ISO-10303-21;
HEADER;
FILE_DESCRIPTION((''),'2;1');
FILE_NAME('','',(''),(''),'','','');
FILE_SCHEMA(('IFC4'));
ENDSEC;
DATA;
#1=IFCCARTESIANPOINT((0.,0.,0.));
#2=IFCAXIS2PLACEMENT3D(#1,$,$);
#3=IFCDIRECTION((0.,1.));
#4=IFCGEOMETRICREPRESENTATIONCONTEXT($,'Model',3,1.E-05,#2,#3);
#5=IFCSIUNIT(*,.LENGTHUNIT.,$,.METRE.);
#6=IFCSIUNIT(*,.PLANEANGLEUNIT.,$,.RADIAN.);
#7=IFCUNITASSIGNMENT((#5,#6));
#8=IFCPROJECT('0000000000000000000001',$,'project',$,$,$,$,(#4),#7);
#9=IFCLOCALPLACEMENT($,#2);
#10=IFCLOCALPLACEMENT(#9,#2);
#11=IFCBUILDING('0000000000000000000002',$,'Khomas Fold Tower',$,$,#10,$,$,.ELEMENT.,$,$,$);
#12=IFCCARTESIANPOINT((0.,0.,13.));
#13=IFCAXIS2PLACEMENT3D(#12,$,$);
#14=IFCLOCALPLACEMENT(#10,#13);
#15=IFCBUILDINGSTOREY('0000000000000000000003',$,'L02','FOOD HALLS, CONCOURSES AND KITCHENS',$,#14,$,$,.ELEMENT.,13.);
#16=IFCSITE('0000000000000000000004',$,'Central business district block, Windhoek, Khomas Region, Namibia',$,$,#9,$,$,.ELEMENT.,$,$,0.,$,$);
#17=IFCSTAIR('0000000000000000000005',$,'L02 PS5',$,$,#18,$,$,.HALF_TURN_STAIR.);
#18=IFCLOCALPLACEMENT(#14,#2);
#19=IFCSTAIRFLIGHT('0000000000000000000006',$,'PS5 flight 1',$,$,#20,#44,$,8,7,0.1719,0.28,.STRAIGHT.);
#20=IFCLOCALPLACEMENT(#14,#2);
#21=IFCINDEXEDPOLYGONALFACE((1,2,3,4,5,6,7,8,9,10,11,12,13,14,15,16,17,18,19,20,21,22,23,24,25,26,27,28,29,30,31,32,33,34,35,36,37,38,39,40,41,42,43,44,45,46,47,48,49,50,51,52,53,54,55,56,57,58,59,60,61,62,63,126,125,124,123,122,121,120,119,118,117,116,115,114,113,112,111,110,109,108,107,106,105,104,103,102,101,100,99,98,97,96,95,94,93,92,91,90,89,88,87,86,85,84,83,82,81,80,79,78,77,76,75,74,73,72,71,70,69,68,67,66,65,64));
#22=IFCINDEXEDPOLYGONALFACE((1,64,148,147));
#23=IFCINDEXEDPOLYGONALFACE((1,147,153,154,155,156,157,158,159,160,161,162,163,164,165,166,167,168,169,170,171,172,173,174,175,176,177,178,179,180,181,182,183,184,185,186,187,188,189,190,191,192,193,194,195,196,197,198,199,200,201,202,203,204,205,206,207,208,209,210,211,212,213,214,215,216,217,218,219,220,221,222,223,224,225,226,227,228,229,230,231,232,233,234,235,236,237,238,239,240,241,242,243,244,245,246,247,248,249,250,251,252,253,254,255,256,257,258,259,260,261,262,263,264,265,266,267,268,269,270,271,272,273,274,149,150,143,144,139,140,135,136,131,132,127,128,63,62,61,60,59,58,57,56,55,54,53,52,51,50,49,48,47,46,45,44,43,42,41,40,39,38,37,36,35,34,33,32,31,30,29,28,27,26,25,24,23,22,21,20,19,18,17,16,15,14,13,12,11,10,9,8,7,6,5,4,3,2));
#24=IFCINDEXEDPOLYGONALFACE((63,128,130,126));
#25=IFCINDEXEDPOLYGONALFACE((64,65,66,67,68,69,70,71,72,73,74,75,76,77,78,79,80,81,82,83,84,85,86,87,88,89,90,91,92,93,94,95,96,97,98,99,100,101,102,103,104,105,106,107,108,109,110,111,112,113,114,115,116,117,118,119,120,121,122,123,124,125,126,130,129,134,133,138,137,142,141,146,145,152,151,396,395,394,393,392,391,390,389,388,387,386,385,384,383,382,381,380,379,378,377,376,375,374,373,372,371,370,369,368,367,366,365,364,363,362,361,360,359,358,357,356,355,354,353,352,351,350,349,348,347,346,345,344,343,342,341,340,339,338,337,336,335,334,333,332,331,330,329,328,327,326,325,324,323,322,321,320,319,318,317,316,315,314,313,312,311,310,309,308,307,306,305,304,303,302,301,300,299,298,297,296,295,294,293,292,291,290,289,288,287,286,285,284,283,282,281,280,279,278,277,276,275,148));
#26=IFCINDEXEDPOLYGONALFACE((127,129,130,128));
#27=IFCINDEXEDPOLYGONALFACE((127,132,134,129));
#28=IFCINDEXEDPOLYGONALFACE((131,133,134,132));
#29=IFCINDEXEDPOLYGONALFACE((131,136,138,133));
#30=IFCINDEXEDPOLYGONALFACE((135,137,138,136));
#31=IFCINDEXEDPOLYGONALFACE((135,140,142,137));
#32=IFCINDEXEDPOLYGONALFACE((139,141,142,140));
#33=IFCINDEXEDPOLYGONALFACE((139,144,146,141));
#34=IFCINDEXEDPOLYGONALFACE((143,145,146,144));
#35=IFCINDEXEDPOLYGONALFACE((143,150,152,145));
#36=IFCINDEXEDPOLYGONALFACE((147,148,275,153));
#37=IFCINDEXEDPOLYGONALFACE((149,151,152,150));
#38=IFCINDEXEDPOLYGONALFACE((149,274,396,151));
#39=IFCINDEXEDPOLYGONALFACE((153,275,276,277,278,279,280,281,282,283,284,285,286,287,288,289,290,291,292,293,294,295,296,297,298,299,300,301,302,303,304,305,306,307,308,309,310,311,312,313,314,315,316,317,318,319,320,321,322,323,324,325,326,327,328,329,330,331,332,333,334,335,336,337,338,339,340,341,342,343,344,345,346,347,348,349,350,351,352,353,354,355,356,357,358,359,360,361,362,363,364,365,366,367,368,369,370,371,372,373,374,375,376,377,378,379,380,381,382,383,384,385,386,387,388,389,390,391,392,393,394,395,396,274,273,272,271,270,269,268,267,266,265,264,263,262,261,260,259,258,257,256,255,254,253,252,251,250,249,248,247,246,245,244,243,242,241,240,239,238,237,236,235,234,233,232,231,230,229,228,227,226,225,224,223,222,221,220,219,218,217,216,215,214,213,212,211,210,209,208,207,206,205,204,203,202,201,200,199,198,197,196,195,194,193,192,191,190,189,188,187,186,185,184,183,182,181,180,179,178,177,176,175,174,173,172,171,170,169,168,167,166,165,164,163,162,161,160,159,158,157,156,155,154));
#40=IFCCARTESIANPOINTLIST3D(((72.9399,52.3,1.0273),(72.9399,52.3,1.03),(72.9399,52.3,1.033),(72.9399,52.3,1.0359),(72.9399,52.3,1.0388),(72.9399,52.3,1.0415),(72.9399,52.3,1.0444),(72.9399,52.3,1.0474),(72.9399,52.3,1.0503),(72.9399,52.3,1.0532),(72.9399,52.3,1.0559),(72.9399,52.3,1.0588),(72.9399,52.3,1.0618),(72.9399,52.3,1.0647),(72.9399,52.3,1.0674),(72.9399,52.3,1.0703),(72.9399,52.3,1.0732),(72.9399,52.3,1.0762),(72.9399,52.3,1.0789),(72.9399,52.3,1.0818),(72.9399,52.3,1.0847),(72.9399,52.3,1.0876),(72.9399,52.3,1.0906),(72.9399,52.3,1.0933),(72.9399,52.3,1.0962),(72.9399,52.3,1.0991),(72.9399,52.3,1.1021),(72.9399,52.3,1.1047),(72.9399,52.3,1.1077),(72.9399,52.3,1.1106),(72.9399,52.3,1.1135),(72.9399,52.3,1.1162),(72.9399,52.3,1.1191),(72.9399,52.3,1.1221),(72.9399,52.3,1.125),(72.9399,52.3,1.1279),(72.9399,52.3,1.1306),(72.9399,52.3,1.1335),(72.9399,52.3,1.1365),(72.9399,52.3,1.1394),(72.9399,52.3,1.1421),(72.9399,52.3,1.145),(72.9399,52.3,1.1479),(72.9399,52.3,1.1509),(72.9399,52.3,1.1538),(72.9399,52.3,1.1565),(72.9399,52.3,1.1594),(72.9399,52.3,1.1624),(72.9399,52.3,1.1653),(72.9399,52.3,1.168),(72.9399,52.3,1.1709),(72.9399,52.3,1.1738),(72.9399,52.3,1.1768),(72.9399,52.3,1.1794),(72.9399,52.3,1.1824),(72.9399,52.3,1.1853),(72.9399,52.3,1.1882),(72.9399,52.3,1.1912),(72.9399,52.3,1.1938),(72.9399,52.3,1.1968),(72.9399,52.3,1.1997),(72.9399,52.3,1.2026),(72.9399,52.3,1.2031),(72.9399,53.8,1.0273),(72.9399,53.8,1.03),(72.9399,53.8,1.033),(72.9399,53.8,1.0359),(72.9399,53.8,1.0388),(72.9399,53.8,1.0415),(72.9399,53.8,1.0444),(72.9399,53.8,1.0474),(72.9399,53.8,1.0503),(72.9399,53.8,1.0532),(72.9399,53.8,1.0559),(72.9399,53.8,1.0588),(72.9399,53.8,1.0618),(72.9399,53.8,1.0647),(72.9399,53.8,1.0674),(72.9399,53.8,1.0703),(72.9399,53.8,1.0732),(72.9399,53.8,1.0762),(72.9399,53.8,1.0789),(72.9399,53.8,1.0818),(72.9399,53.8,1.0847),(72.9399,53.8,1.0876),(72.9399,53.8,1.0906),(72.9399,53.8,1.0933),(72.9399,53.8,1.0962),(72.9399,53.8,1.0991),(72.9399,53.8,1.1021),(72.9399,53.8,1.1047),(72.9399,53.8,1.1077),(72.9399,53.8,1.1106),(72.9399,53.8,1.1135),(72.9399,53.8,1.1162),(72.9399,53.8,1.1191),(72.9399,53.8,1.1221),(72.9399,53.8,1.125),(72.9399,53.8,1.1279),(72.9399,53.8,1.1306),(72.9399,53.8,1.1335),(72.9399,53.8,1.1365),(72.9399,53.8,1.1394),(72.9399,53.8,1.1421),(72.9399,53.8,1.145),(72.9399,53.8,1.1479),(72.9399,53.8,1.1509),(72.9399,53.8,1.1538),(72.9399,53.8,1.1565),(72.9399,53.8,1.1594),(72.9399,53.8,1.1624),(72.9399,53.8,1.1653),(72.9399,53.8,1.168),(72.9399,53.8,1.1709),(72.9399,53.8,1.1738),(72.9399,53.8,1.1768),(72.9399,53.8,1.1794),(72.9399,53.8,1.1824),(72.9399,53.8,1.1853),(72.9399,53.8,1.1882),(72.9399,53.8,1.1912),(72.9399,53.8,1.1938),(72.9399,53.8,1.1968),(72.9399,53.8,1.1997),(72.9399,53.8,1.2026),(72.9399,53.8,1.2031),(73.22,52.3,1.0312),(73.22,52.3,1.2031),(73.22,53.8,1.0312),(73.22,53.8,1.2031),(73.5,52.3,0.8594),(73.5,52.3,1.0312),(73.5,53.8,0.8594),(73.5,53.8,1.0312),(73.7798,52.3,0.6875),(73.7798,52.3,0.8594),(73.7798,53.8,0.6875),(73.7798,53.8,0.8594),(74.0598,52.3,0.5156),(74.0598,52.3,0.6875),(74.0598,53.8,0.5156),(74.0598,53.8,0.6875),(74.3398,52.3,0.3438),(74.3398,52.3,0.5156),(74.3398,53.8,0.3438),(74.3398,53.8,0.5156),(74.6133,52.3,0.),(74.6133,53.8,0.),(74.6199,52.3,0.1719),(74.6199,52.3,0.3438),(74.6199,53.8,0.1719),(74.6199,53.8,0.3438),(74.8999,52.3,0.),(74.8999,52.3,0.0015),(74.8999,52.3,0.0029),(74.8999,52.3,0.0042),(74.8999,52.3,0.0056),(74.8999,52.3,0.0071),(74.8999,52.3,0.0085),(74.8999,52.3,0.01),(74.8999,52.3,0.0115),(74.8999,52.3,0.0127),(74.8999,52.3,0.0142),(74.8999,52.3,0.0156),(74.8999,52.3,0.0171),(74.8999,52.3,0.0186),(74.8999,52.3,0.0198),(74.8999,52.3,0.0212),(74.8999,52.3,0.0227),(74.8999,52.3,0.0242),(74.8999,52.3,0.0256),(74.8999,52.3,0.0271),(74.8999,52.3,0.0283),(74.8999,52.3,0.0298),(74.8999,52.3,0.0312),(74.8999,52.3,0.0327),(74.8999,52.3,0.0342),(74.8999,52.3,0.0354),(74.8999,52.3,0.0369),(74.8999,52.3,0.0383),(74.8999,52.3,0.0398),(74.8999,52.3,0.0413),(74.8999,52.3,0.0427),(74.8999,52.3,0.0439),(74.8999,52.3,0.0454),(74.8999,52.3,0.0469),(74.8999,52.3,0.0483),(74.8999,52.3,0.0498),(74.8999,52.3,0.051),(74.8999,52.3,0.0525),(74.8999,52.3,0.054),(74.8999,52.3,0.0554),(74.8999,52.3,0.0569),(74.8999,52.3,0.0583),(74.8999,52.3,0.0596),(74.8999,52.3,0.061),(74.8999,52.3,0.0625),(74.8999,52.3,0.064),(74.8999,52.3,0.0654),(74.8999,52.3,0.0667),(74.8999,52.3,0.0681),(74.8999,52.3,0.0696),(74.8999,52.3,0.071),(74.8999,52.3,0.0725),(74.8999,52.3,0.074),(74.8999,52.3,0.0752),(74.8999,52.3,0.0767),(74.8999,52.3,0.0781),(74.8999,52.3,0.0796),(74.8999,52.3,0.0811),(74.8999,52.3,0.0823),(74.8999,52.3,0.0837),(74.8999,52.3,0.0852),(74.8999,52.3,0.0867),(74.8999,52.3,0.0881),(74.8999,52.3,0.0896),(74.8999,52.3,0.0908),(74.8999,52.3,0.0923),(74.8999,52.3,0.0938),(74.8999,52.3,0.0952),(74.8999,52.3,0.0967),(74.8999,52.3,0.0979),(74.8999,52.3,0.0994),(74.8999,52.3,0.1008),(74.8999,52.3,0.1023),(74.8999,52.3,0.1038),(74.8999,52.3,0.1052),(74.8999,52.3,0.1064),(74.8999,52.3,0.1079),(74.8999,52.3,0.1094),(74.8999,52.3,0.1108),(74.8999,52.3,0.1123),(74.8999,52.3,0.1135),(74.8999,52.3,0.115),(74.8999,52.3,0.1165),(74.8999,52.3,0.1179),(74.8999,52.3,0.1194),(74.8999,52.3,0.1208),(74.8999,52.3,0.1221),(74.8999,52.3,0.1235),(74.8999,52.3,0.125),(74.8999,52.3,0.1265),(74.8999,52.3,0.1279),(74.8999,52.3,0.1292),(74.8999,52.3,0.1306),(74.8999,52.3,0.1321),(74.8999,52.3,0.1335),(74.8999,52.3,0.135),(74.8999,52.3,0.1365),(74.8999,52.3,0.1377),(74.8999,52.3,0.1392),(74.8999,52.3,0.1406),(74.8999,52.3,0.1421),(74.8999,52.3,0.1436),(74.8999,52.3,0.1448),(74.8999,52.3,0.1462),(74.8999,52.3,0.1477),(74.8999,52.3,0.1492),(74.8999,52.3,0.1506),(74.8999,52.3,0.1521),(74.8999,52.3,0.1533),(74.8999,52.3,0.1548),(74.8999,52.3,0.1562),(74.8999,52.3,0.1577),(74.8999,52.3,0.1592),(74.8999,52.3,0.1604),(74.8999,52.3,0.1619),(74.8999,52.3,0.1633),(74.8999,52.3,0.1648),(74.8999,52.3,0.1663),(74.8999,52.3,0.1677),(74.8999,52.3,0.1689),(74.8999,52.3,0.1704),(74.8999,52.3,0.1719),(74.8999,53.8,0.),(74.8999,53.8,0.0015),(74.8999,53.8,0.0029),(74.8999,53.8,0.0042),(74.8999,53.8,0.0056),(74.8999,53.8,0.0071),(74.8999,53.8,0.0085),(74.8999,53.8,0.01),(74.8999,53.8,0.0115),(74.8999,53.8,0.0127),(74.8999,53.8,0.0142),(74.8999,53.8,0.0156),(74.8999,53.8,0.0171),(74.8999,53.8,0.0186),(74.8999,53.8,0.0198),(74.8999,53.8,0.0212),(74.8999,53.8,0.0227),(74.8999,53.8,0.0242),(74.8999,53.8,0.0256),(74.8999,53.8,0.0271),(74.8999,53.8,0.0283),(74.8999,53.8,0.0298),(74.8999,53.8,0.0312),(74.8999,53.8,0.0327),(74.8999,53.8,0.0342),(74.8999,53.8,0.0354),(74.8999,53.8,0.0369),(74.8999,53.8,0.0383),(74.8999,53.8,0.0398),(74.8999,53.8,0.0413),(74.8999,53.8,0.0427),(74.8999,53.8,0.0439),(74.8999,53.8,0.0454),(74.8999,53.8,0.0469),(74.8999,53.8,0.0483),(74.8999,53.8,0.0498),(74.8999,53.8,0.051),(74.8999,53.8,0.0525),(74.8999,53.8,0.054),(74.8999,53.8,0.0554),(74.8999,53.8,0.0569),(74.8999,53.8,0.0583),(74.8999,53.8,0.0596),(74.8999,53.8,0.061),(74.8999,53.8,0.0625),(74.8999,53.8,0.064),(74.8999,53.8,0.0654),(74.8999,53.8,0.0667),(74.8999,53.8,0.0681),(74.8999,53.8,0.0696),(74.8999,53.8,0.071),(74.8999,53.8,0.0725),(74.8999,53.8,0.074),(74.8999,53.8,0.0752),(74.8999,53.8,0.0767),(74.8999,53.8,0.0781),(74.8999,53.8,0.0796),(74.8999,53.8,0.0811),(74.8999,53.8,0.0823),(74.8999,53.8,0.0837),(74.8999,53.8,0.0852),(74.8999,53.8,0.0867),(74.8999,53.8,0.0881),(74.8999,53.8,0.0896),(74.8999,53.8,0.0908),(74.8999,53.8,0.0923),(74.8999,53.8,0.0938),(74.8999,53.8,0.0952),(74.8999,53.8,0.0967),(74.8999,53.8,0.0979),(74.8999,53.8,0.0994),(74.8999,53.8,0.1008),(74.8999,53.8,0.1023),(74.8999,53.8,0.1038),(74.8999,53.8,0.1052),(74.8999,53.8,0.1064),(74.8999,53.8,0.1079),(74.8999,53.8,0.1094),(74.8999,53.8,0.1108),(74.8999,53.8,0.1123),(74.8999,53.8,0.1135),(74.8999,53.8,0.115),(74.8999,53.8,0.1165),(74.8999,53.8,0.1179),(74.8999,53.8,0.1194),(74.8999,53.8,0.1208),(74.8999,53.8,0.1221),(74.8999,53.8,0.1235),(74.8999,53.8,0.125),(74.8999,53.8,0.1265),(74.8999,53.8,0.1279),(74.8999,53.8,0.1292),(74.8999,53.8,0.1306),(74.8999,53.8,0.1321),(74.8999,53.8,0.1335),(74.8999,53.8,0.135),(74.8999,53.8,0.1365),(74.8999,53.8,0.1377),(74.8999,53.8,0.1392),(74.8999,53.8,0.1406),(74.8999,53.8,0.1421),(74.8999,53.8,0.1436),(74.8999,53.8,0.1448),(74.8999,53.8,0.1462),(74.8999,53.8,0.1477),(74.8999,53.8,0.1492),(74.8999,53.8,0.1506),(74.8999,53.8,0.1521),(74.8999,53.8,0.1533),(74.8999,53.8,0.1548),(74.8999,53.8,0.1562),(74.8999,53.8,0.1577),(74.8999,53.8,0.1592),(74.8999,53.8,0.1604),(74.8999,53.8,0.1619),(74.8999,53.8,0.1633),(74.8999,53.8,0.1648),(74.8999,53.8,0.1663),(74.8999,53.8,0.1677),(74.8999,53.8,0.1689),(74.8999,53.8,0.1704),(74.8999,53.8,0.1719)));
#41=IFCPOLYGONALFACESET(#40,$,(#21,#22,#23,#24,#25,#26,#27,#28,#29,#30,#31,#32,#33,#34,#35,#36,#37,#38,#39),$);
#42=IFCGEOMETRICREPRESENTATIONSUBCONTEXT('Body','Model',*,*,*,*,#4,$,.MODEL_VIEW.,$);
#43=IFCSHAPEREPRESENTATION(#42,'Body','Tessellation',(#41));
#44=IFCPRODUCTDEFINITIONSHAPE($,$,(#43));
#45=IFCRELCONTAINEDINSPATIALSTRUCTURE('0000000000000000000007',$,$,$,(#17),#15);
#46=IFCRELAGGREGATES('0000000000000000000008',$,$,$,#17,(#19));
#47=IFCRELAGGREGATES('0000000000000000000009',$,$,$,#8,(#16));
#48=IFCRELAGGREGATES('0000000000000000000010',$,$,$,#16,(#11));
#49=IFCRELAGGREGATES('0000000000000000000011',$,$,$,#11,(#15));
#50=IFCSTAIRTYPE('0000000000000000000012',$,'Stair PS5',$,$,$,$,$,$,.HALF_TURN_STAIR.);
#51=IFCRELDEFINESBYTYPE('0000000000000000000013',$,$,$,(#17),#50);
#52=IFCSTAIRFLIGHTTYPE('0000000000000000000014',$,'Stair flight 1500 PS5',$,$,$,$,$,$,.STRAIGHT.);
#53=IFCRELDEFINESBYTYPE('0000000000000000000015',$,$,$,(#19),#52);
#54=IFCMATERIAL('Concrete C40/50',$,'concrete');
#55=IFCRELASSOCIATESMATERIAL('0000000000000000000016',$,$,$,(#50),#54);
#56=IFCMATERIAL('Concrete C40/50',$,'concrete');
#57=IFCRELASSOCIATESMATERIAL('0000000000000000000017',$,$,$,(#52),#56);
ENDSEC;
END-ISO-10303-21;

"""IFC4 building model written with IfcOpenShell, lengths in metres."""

from ifc_helpers import new_model, si_unit, direction, frame, origin, place, context, subcontext, project, spatial, polyline, outline, extrude, source, transform, mapped, material, type_object, element, aggregate, save


model = new_model("IFC4")

# Units and contexts
model_context = context("Model", 3, precision=1e-05, world=origin(), true_north=direction((0.0, 1.0)))
body_context = subcontext(model_context, "Body", "Model", "MODEL_VIEW")
ifc_project = project(units=[si_unit("LENGTHUNIT", "METRE"), si_unit("PLANEANGLEUNIT", "RADIAN")], contexts=[model_context])

# Site, building, storey
site_placement = place(None, origin())
site = spatial("IfcSite", under=ifc_project, at=site_placement, Name="Central business district block, Windhoek, Khomas Region, Namibia", CompositionType="ELEMENT", RefElevation=0.0)
building_placement = place(site_placement, origin())
building = spatial("IfcBuilding", under=site, at=building_placement, Name="Khomas Fold Tower", CompositionType="ELEMENT")
storey_placement = place(building_placement, frame((0.0, 0.0, 13.0)))
storey = spatial("IfcBuildingStorey", under=building, at=storey_placement, Name="L02", Description="FOOD HALLS, CONCOURSES AND KITCHENS", CompositionType="ELEMENT", Elevation=13.0)

# Stair, stair flight
ifc_material_1 = material(Name="Concrete C40/50", Category="concrete")
stair_type = type_object("IfcStairType", Name="Stair PS5", PredefinedType="HALF_TURN_STAIR", material=ifc_material_1)
stair_placement = place(storey_placement, origin())
stair = element("IfcStair", 1, at=stair_placement, inside=storey, type_object=stair_type, Name="L02 PS5", PredefinedType="HALF_TURN_STAIR")
ifc_material_2 = material(Name="Concrete C40/50", Category="concrete")
stair_flight_type = type_object("IfcStairFlightType", Name="Stair flight 1500 PS5", PredefinedType="STRAIGHT", material=ifc_material_2)
shared_shape_1 = source(origin(), body_context, "Body", "SweptSolid", [
    extrude(outline(polyline([(0.0, 0.0), (0.0, 0.0015), (0.0, 0.0029), (0.0, 0.0042), (0.0, 0.0056), (0.0, 0.0071), (0.0, 0.0085), (0.0, 0.01), (0.0, 0.0115), (0.0, 0.0127), (0.0, 0.0142), (0.0, 0.0156), (0.0, 0.0171), (0.0, 0.0186), (0.0, 0.0198), (0.0, 0.0212), (0.0, 0.0227), (0.0, 0.0242), (0.0, 0.0256), (0.0, 0.0271), (0.0, 0.0283), (0.0, 0.0298), (0.0, 0.0312), (0.0, 0.0327), (0.0, 0.0342), (0.0, 0.0354), (0.0, 0.0369), (0.0, 0.0383), (0.0, 0.0398), (0.0, 0.0413), (0.0, 0.0427), (0.0, 0.0439), (0.0, 0.0454), (0.0, 0.0469), (0.0, 0.0483), (0.0, 0.0498), (0.0, 0.051), (0.0, 0.0525), (0.0, 0.054), (0.0, 0.0554), (0.0, 0.0569), (0.0, 0.0583), (0.0, 0.0596), (0.0, 0.061), (0.0, 0.0625), (0.0, 0.064), (0.0, 0.0654), (0.0, 0.0667), (0.0, 0.0681), (0.0, 0.0696), (0.0, 0.071), (0.0, 0.0725), (0.0, 0.074), (0.0, 0.0752), (0.0, 0.0767), (0.0, 0.0781), (0.0, 0.0796), (0.0, 0.0811), (0.0, 0.0823), (0.0, 0.0837), (0.0, 0.0852), (0.0, 0.0867), (0.0, 0.0881), (0.0, 0.0896), (0.0, 0.0908), (0.0, 0.0923), (0.0, 0.0938), (0.0, 0.0952), (0.0, 0.0967), (0.0, 0.0979), (0.0, 0.0994), (0.0, 0.1008), (0.0, 0.1023), (0.0, 0.1038), (0.0, 0.1052), (0.0, 0.1064), (0.0, 0.1079), (0.0, 0.1094), (0.0, 0.1108), (0.0, 0.1123), (0.0, 0.1135), (0.0, 0.115), (0.0, 0.1165), (0.0, 0.1179), (0.0, 0.1194), (0.0, 0.1208), (0.0, 0.1221), (0.0, 0.1235), (0.0, 0.125), (0.0, 0.1265), (0.0, 0.1279), (0.0, 0.1292), (0.0, 0.1306), (0.0, 0.1321), (0.0, 0.1335), (0.0, 0.135), (0.0, 0.1365), (0.0, 0.1377), (0.0, 0.1392), (0.0, 0.1406), (0.0, 0.1421), (0.0, 0.1436), (0.0, 0.1448), (0.0, 0.1462), (0.0, 0.1477), (0.0, 0.1492), (0.0, 0.1506), (0.0, 0.1521), (0.0, 0.1533), (0.0, 0.1548), (0.0, 0.1562), (0.0, 0.1577), (0.0, 0.1592), (0.0, 0.1604), (0.0, 0.1619), (0.0, 0.1633), (0.0, 0.1648), (0.0, 0.1663), (0.0, 0.1677), (0.0, 0.1689), (0.0, 0.1704), (0.0, 0.1719), (0.28, 0.1719), (0.28, 0.3438), (0.5601, 0.3438), (0.5601, 0.5156), (0.8401, 0.5156), (0.8401, 0.6875), (1.1201, 0.6875), (1.1201, 0.8594), (1.3999, 0.8594), (1.3999, 1.0312), (1.6799, 1.0312), (1.6799, 1.2031), (1.96, 1.2031), (1.96, 1.375), (1.96, 1.3721), (1.96, 1.3691), (1.96, 1.3665), (1.96, 1.3635), (1.96, 1.3606), (1.96, 1.3577), (1.96, 1.355), (1.96, 1.3521), (1.96, 1.3491), (1.96, 1.3462), (1.96, 1.3435), (1.96, 1.3406), (1.96, 1.3376), (1.96, 1.3347), (1.96, 1.3318), (1.96, 1.3291), (1.96, 1.3262), (1.96, 1.3232), (1.96, 1.3203), (1.96, 1.3176), (1.96, 1.3147), (1.96, 1.3118), (1.96, 1.3088), (1.96, 1.3059), (1.96, 1.3032), (1.96, 1.3003), (1.96, 1.2974), (1.96, 1.2944), (1.96, 1.2917), (1.96, 1.2888), (1.96, 1.2859), (1.96, 1.283), (1.96, 1.2803), (1.96, 1.2773), (1.96, 1.2744), (1.96, 1.2715), (1.96, 1.2686), (1.96, 1.2659), (1.96, 1.2629), (1.96, 1.26), (1.96, 1.2571), (1.96, 1.2544), (1.96, 1.2515), (1.96, 1.2485), (1.96, 1.2456), (1.96, 1.2427), (1.96, 1.24), (1.96, 1.2371), (1.96, 1.2341), (1.96, 1.2312), (1.96, 1.2285), (1.96, 1.2256), (1.96, 1.2227), (1.96, 1.2197), (1.96, 1.217), (1.96, 1.2141), (1.96, 1.2112), (1.96, 1.2083), (1.96, 1.2053), (1.96, 1.2026), (1.96, 1.1997), (1.96, 1.1968), (1.96, 1.1938), (1.96, 1.1912), (1.96, 1.1882), (1.96, 1.1853), (1.96, 1.1824), (1.96, 1.1794), (1.96, 1.1768), (1.96, 1.1738), (1.96, 1.1709), (1.96, 1.168), (1.96, 1.1653), (1.96, 1.1624), (1.96, 1.1594), (1.96, 1.1565), (1.96, 1.1538), (1.96, 1.1509), (1.96, 1.1479), (1.96, 1.145), (1.96, 1.1421), (1.96, 1.1394), (1.96, 1.1365), (1.96, 1.1335), (1.96, 1.1306), (1.96, 1.1279), (1.96, 1.125), (1.96, 1.1221), (1.96, 1.1191), (1.96, 1.1162), (1.96, 1.1135), (1.96, 1.1106), (1.96, 1.1077), (1.96, 1.1047), (1.96, 1.1021), (1.96, 1.0991), (1.96, 1.0962), (1.96, 1.0933), (1.96, 1.0906), (1.96, 1.0876), (1.96, 1.0847), (1.96, 1.0818), (1.96, 1.0789), (1.96, 1.0762), (1.96, 1.0732), (1.96, 1.0703), (1.96, 1.0674), (1.96, 1.0647), (1.96, 1.0618), (1.96, 1.0588), (1.96, 1.0559), (1.96, 1.0532), (1.96, 1.0503), (1.96, 1.0474), (1.96, 1.0444), (1.96, 1.0415), (1.96, 1.0388), (1.96, 1.0359), (1.96, 1.033), (1.96, 1.03), (1.96, 1.0273), (0.2866, 0.0), (0.0, 0.0)])), frame((0.0, 0.75, 0.0), z_axis=(0.0, -1.0, 0.0), x_axis=(1.0, 0.0, 0.0)), (0.0, 0.0, 1.0), 1.5),
])
stair_flight_1_placement = place(storey_placement, frame((74.8999, 53.05, 0.0), z_axis=(0.0, 0.0, 1.0), x_axis=(-1.0, 0.0, 0.0)))
stair_flight_1 = element("IfcStairFlight", 2, at=stair_flight_1_placement, type_object=stair_flight_type, Name="PS5 flight 1", NumberOfRisers=8, NumberOfTreads=7, PredefinedType="STRAIGHT", RiserHeight=0.1719, TreadLength=0.28, context=body_context, shape_type="MappedRepresentation", body=[
    mapped(shared_shape_1, transform((0.0, 0.0, 0.0))),
])
aggregate(stair, [stair_flight_1])

save(model, "model.ifc")
